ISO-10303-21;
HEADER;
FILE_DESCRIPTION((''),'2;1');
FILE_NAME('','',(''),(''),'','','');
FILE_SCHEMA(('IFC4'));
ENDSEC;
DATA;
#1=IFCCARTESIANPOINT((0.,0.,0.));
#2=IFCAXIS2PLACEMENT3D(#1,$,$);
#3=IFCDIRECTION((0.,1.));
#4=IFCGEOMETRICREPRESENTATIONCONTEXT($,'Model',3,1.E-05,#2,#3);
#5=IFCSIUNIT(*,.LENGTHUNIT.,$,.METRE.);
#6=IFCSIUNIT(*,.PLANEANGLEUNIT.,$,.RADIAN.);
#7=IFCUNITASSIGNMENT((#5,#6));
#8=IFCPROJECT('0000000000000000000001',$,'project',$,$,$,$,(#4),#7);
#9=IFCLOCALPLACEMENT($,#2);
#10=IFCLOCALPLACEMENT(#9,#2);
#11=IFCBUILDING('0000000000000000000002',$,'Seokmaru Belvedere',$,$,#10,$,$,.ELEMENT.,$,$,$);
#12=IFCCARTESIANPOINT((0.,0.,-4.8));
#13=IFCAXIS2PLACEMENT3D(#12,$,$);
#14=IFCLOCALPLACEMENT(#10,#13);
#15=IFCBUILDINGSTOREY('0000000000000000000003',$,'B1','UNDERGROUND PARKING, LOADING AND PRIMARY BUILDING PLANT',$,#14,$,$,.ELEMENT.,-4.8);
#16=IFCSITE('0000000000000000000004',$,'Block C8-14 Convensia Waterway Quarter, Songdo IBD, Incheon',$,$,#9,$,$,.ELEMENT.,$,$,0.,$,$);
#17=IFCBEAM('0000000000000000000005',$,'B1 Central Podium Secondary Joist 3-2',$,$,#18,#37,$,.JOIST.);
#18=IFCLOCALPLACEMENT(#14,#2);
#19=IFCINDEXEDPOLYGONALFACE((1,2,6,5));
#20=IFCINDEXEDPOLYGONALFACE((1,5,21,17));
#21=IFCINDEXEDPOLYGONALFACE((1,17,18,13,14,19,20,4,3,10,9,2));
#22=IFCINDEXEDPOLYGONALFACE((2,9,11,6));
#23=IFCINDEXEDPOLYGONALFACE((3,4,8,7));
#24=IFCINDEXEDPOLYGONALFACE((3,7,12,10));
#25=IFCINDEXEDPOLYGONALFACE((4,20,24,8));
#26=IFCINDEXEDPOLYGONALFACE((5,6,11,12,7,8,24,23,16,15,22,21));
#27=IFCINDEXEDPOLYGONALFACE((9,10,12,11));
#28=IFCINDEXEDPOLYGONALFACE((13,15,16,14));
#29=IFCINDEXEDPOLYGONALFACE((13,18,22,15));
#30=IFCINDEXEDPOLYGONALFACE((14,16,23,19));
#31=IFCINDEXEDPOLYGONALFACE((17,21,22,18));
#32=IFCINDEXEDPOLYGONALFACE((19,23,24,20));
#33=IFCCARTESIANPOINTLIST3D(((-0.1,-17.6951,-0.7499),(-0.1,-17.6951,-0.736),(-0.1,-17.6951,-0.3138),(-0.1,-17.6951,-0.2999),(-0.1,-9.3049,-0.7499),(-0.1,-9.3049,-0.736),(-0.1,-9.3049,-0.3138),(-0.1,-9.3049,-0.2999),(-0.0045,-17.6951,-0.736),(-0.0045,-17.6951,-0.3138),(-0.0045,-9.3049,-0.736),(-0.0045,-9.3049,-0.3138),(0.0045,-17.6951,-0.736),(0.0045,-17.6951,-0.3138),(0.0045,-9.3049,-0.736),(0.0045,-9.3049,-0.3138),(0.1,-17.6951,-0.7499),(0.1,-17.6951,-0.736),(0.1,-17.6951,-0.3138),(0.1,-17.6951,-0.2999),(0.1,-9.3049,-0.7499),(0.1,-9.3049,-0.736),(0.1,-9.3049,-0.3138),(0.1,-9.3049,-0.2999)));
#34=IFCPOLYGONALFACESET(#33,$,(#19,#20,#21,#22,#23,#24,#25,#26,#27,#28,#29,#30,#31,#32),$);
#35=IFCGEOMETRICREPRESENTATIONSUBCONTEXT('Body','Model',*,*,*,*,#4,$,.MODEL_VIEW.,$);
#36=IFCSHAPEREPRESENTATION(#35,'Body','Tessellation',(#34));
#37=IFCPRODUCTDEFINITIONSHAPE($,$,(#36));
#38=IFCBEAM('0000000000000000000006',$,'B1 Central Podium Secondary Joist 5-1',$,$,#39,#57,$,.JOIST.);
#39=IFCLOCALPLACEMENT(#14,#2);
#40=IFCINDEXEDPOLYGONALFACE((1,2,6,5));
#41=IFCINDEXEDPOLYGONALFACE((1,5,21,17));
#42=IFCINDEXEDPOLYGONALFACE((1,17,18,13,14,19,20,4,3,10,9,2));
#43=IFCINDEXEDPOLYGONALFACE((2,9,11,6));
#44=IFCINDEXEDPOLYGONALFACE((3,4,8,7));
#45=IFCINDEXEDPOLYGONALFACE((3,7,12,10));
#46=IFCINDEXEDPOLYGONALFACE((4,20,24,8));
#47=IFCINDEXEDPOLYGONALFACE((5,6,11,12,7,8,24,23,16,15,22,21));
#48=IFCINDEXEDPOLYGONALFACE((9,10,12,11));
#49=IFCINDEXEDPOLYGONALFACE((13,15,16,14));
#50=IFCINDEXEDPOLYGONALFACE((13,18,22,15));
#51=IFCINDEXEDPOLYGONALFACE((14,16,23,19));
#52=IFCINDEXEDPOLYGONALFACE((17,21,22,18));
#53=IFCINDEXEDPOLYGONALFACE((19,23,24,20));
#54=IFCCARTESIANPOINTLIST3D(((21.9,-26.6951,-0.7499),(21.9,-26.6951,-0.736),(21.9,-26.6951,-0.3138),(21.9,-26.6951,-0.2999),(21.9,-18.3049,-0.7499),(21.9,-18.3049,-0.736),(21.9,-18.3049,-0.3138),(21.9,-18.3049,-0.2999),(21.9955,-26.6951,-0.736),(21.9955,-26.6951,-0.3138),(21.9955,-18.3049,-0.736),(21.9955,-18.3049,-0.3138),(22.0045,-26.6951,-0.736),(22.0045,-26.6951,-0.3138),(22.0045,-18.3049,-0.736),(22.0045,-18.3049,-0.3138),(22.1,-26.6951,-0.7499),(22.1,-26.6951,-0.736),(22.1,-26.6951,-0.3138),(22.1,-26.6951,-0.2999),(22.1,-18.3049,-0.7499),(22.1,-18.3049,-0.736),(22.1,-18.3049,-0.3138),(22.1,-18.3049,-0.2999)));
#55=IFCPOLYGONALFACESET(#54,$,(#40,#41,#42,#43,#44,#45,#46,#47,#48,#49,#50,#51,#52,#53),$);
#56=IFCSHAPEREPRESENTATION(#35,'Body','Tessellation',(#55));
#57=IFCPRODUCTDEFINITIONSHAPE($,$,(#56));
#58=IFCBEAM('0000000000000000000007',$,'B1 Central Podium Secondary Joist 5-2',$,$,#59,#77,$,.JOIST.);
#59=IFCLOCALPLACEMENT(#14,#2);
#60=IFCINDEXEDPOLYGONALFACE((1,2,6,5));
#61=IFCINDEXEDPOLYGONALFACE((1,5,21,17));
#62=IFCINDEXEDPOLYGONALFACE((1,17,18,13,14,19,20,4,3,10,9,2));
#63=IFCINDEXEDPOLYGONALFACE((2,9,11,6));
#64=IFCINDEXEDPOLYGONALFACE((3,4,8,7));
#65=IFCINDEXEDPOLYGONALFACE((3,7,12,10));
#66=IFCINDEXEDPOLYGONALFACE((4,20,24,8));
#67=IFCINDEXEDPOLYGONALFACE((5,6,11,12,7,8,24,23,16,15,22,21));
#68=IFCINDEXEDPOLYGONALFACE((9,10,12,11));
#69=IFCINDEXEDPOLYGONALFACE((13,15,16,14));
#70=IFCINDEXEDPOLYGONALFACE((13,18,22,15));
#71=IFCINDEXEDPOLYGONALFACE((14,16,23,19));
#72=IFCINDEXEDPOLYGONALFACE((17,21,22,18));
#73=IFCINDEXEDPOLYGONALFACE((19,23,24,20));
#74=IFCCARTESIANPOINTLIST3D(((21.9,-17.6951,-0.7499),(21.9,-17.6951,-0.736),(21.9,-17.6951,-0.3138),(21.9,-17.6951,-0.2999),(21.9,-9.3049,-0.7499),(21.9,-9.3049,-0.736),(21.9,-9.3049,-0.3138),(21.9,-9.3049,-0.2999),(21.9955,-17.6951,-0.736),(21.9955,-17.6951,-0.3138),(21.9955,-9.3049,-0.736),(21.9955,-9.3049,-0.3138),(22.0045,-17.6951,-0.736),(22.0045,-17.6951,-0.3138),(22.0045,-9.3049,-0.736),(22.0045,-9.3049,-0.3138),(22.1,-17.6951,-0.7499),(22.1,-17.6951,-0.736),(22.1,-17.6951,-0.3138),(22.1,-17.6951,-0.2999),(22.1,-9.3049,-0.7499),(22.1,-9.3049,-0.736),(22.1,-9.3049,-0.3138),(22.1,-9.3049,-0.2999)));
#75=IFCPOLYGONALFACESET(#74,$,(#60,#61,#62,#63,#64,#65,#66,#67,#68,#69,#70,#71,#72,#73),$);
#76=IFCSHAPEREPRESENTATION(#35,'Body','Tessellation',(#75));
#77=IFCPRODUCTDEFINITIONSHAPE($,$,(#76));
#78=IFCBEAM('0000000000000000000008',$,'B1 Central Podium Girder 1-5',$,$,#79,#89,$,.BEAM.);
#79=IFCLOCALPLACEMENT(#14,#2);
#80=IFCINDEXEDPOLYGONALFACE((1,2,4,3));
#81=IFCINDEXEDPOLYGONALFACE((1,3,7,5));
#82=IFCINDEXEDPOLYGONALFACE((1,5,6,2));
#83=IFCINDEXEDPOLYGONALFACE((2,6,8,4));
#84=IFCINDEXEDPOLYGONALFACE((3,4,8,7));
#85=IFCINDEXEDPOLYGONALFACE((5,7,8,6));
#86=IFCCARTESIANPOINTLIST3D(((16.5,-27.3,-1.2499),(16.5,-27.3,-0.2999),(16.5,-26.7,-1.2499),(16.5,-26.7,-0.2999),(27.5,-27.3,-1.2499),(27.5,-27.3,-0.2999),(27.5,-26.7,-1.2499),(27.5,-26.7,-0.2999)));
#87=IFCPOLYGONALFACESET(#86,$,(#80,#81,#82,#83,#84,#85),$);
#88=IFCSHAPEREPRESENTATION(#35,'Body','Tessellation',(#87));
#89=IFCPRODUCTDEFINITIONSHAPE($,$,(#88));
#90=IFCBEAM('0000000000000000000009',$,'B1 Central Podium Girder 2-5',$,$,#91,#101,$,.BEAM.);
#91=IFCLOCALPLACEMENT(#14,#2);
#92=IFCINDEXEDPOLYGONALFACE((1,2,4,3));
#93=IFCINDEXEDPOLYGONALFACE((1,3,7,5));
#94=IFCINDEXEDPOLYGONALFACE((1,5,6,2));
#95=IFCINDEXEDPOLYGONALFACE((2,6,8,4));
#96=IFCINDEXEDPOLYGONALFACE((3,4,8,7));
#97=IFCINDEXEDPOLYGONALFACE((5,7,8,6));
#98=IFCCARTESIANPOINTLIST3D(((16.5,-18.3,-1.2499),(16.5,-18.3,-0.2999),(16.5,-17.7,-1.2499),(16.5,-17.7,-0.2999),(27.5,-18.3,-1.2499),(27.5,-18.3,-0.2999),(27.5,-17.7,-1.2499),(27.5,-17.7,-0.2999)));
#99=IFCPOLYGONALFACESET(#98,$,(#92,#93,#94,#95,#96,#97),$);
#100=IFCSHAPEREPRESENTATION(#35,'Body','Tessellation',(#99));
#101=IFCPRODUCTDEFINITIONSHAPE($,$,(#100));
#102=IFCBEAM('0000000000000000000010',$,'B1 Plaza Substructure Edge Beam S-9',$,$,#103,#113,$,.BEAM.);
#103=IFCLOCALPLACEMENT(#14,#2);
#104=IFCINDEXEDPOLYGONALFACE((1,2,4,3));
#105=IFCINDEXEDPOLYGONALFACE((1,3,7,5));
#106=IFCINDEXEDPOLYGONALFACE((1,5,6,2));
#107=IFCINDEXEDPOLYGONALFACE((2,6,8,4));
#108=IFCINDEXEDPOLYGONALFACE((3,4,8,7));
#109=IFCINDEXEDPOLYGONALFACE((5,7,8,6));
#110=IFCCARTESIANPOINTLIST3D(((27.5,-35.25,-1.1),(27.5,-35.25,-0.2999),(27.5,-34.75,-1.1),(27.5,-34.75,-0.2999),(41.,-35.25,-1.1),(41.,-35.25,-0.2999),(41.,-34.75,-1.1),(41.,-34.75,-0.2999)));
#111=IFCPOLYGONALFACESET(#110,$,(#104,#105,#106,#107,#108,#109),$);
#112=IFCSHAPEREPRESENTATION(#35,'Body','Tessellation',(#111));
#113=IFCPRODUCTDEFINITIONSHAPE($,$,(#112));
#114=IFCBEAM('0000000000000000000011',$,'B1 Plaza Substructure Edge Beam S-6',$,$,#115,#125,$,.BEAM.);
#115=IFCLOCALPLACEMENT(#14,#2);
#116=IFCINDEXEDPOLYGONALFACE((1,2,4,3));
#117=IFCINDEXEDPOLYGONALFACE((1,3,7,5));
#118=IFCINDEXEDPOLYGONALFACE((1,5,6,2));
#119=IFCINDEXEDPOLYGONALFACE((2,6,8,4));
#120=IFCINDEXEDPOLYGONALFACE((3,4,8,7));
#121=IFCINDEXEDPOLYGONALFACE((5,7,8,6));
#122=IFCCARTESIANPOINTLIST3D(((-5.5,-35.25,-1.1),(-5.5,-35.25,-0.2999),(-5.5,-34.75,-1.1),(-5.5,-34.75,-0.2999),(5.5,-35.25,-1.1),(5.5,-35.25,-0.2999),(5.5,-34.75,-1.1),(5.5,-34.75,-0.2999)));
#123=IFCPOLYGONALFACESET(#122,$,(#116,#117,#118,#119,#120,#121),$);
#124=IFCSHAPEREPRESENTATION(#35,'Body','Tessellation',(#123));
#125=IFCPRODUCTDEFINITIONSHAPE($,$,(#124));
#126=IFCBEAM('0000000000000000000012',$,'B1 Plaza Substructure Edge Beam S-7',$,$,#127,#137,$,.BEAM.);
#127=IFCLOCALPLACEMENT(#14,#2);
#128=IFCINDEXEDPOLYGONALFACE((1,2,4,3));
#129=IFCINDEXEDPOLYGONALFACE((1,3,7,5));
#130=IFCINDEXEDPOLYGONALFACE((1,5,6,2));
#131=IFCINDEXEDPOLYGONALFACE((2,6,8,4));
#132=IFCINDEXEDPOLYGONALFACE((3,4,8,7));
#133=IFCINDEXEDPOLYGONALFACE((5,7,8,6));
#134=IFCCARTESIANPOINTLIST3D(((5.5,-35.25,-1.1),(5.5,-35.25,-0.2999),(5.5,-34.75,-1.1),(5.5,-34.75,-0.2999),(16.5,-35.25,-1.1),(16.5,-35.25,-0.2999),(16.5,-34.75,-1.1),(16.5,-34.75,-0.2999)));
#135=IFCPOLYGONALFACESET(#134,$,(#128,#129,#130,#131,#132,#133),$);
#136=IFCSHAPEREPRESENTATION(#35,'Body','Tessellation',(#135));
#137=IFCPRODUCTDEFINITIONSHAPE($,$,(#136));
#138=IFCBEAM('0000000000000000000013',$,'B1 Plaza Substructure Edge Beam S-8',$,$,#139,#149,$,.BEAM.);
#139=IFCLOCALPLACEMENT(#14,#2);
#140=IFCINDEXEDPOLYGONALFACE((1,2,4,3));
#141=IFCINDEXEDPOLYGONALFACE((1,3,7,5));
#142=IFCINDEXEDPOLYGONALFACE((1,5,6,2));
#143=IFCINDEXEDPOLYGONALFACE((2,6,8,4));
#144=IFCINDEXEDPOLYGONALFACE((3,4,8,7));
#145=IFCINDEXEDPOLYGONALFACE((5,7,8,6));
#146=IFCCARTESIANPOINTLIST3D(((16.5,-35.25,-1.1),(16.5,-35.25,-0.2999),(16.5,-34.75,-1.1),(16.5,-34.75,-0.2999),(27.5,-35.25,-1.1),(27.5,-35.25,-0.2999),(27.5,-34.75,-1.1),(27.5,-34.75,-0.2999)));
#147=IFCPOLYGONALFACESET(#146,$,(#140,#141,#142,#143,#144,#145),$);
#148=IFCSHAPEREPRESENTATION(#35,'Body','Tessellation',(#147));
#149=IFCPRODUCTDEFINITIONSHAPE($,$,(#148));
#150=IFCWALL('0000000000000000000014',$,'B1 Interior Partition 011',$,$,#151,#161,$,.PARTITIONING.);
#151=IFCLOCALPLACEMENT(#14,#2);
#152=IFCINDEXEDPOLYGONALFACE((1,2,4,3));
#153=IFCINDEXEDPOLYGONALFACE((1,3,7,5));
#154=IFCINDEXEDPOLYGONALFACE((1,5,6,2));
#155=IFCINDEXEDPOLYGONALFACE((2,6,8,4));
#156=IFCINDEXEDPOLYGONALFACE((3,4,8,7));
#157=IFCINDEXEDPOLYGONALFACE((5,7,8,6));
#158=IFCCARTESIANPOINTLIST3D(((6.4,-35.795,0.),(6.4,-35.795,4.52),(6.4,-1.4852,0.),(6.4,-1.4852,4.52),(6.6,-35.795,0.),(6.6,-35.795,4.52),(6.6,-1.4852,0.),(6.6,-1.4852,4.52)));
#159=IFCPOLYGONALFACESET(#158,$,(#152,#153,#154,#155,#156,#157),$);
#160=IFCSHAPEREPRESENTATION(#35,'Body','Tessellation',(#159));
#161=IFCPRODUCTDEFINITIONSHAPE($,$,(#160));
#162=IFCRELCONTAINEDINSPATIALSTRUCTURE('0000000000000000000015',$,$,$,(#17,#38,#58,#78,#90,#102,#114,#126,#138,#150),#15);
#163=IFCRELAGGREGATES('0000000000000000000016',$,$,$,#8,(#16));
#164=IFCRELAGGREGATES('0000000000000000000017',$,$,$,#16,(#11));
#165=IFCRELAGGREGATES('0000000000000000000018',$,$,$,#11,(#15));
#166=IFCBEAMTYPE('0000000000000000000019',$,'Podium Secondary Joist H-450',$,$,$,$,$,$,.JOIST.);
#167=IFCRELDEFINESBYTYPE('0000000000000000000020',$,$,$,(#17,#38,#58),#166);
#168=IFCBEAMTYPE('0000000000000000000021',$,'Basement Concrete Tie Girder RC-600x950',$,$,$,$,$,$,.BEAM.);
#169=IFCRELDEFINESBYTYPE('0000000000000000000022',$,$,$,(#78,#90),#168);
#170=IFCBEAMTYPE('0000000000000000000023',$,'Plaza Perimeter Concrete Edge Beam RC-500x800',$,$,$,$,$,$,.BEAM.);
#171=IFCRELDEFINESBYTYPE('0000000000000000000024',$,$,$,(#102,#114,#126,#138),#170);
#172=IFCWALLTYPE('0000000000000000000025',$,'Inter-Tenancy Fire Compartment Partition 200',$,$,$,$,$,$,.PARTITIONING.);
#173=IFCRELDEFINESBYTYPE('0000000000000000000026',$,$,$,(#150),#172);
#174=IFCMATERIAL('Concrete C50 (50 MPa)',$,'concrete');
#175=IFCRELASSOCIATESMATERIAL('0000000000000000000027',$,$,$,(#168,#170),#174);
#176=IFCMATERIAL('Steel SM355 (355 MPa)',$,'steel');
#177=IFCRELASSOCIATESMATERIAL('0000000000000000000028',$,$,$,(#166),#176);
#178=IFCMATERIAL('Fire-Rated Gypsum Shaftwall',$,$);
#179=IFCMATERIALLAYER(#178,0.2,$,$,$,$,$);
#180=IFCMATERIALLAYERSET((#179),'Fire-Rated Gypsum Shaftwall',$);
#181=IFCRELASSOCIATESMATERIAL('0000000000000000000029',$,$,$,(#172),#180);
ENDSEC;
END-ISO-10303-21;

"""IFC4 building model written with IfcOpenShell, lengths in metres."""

from ifc_helpers import new_model, si_unit, direction, frame, frame_2d, origin, origin_2d, place, context, subcontext, project, spatial, rectangle, i_section, extrude, source, transform, mapped, material, layer, layer_set, material_profile, profile_set, type_object, type_shapes, element, save


model = new_model("IFC4")

# Units and contexts
model_context = context("Model", 3, precision=1e-05, world=origin(), true_north=direction((0.0, 1.0)))
body_context = subcontext(model_context, "Body", "Model", "MODEL_VIEW")
ifc_project = project(units=[si_unit("LENGTHUNIT", "METRE"), si_unit("PLANEANGLEUNIT", "RADIAN")], contexts=[model_context])

# Site, building, storey
site_placement = place(None, origin())
site = spatial("IfcSite", under=ifc_project, at=site_placement, Name="Block C8-14 Convensia Waterway Quarter, Songdo IBD, Incheon", CompositionType="ELEMENT", RefElevation=0.0)
building_placement = place(site_placement, origin())
building = spatial("IfcBuilding", under=site, at=building_placement, Name="Seokmaru Belvedere", CompositionType="ELEMENT")
storey_placement = place(building_placement, frame((0.0, 0.0, -4.8)))
storey = spatial("IfcBuildingStorey", under=building, at=storey_placement, Name="B1", Description="UNDERGROUND PARKING, LOADING AND PRIMARY BUILDING PLANT", CompositionType="ELEMENT", Elevation=-4.8)

# Shared definitions
ifc_material_1 = material(Name="Concrete C50 (50 MPa)", Category="concrete")

# Beams
ifc_material_profile_1 = material_profile(ifc_material_1, rectangle(XDim=0.6001, YDim=0.95, at=origin_2d()), Name="RC-600x950")
ifc_profile_set_1 = profile_set([ifc_material_profile_1], Name="Concrete C50 (50 MPa)")
beam_type_1 = type_object("IfcBeamType", Name="Basement Concrete Tie Girder RC-600x950", PredefinedType="BEAM", material=ifc_profile_set_1)
ifc_material_2 = material(Name="Steel SM355 (355 MPa)", Category="steel")
ifc_material_profile_2 = material_profile(ifc_material_2, i_section(OverallWidth=0.2, OverallDepth=0.45, WebThickness=0.009, FlangeThickness=0.0139, at=origin_2d()), Name="H-450x200x9x14")
ifc_profile_set_2 = profile_set([ifc_material_profile_2], Name="Steel SM355 (355 MPa)")
beam_type_2 = type_object("IfcBeamType", Name="Podium Secondary Joist H-450", PredefinedType="JOIST", material=ifc_profile_set_2)
shared_shape_1 = source(origin(), body_context, "Body", "SweptSolid", [
    extrude(i_section(OverallWidth=0.2, OverallDepth=0.45, WebThickness=0.009, FlangeThickness=0.0139, at=origin_2d()), origin(), (0.0, 0.0, 1.0), 8.3901),
])
type_shapes(beam_type_2, [shared_shape_1])
for number, where, z_axis, x_axis, name in (
    (1, (0.0, -17.6951, -0.5249), (0.0, 1.0, 0.0), (-1.0, 0.0, 0.0), "B1 Central Podium Secondary Joist 3-2"),
    (2, (22.0, -26.6951, -0.5249), (0.0, 1.0, 0.0), (-1.0, 0.0, 0.0), "B1 Central Podium Secondary Joist 5-1"),
    (3, (22.0, -17.6951, -0.5249), (0.0, 1.0, 0.0), (-1.0, 0.0, 0.0), "B1 Central Podium Secondary Joist 5-2"),
):
    element("IfcBeam", number, at=place(storey_placement, frame(where, z_axis=z_axis, x_axis=x_axis)), inside=storey, type_object=beam_type_2, Name=name, PredefinedType="JOIST", context=body_context, shape_type="MappedRepresentation", body=[
        mapped(shared_shape_1, transform((0.0, 0.0, 0.0), scale=1.0)),
    ])
shared_shape_2 = source(origin(), body_context, "Body", "SweptSolid", [
    extrude(rectangle(XDim=0.6001, YDim=0.95, at=origin_2d()), origin(), (0.0, 0.0, 1.0), 11.0),
])
for number, where, z_axis, x_axis, name in (
    (4, (16.5, -27.0, -0.7749), (1.0, 0.0, 0.0), (0.0, 1.0, 0.0), "B1 Central Podium Girder 1-5"),
    (5, (16.5, -18.0, -0.7749), (1.0, 0.0, 0.0), (0.0, 1.0, 0.0), "B1 Central Podium Girder 2-5"),
):
    element("IfcBeam", number, at=place(storey_placement, frame(where, z_axis=z_axis, x_axis=x_axis)), inside=storey, type_object=beam_type_1, Name=name, PredefinedType="BEAM", context=body_context, shape_type="MappedRepresentation", body=[
        mapped(shared_shape_2, transform((0.0, 0.0, 0.0), scale=1.0)),
    ])
ifc_material_profile_3 = material_profile(ifc_material_1, rectangle(XDim=0.5, YDim=0.8, at=origin_2d()), Name="RC-500x800")
ifc_profile_set_3 = profile_set([ifc_material_profile_3], Name="Concrete C50 (50 MPa)")
beam_type_3 = type_object("IfcBeamType", Name="Plaza Perimeter Concrete Edge Beam RC-500x800", PredefinedType="BEAM", material=ifc_profile_set_3)
shared_shape_3 = source(origin(), body_context, "Body", "SweptSolid", [
    extrude(rectangle(XDim=0.5, YDim=0.8, at=origin_2d()), origin(), (0.0, 0.0, 1.0), 13.5),
])
beam_placement = place(storey_placement, frame((27.5, -35.0, -0.7), z_axis=(1.0, 0.0, 0.0), x_axis=(0.0, 1.0, 0.0)))
element("IfcBeam", 6, at=beam_placement, inside=storey, type_object=beam_type_3, Name="B1 Plaza Substructure Edge Beam S-9", PredefinedType="BEAM", context=body_context, shape_type="MappedRepresentation", body=[
    mapped(shared_shape_3, transform((0.0, 0.0, 0.0), scale=1.0)),
])
shared_shape_4 = source(origin(), body_context, "Body", "SweptSolid", [
    extrude(rectangle(XDim=0.5, YDim=0.8, at=origin_2d()), origin(), (0.0, 0.0, 1.0), 11.0),
])
type_shapes(beam_type_3, [shared_shape_3, shared_shape_4])
for number, where, z_axis, x_axis, name in (
    (7, (-5.5, -35.0, -0.7), (1.0, 0.0, 0.0), (0.0, 1.0, 0.0), "B1 Plaza Substructure Edge Beam S-6"),
    (8, (5.5, -35.0, -0.7), (1.0, 0.0, 0.0), (0.0, 1.0, 0.0), "B1 Plaza Substructure Edge Beam S-7"),
    (9, (16.5, -35.0, -0.7), (1.0, 0.0, 0.0), (0.0, 1.0, 0.0), "B1 Plaza Substructure Edge Beam S-8"),
):
    element("IfcBeam", number, at=place(storey_placement, frame(where, z_axis=z_axis, x_axis=x_axis)), inside=storey, type_object=beam_type_3, Name=name, PredefinedType="BEAM", context=body_context, shape_type="MappedRepresentation", body=[
        mapped(shared_shape_4, transform((0.0, 0.0, 0.0), scale=1.0)),
    ])

# Wall
ifc_material_3 = material(Name="Fire-Rated Gypsum Shaftwall")
ifc_layer = layer(ifc_material_3, 0.2)
ifc_layer_set = layer_set([ifc_layer], Name="Fire-Rated Gypsum Shaftwall")
wall_type = type_object("IfcWallType", Name="Inter-Tenancy Fire Compartment Partition 200", PredefinedType="PARTITIONING", material=ifc_layer_set)
wall_placement = place(storey_placement, frame((6.5, -35.7949, 0.0), z_axis=(0.0, 0.0, 1.0), x_axis=(0.0, 1.0, 0.0)))
element("IfcWall", 10, at=wall_placement, inside=storey, type_object=wall_type, Name="B1 Interior Partition 011", PredefinedType="PARTITIONING", context=body_context, shape_type="SweptSolid", body=[
    extrude(rectangle(XDim=34.3098, YDim=0.2, at=frame_2d((17.1548, 0.0))), origin(), (0.0, 0.0, 1.0), 4.52),
])

save(model, "model.ifc")
